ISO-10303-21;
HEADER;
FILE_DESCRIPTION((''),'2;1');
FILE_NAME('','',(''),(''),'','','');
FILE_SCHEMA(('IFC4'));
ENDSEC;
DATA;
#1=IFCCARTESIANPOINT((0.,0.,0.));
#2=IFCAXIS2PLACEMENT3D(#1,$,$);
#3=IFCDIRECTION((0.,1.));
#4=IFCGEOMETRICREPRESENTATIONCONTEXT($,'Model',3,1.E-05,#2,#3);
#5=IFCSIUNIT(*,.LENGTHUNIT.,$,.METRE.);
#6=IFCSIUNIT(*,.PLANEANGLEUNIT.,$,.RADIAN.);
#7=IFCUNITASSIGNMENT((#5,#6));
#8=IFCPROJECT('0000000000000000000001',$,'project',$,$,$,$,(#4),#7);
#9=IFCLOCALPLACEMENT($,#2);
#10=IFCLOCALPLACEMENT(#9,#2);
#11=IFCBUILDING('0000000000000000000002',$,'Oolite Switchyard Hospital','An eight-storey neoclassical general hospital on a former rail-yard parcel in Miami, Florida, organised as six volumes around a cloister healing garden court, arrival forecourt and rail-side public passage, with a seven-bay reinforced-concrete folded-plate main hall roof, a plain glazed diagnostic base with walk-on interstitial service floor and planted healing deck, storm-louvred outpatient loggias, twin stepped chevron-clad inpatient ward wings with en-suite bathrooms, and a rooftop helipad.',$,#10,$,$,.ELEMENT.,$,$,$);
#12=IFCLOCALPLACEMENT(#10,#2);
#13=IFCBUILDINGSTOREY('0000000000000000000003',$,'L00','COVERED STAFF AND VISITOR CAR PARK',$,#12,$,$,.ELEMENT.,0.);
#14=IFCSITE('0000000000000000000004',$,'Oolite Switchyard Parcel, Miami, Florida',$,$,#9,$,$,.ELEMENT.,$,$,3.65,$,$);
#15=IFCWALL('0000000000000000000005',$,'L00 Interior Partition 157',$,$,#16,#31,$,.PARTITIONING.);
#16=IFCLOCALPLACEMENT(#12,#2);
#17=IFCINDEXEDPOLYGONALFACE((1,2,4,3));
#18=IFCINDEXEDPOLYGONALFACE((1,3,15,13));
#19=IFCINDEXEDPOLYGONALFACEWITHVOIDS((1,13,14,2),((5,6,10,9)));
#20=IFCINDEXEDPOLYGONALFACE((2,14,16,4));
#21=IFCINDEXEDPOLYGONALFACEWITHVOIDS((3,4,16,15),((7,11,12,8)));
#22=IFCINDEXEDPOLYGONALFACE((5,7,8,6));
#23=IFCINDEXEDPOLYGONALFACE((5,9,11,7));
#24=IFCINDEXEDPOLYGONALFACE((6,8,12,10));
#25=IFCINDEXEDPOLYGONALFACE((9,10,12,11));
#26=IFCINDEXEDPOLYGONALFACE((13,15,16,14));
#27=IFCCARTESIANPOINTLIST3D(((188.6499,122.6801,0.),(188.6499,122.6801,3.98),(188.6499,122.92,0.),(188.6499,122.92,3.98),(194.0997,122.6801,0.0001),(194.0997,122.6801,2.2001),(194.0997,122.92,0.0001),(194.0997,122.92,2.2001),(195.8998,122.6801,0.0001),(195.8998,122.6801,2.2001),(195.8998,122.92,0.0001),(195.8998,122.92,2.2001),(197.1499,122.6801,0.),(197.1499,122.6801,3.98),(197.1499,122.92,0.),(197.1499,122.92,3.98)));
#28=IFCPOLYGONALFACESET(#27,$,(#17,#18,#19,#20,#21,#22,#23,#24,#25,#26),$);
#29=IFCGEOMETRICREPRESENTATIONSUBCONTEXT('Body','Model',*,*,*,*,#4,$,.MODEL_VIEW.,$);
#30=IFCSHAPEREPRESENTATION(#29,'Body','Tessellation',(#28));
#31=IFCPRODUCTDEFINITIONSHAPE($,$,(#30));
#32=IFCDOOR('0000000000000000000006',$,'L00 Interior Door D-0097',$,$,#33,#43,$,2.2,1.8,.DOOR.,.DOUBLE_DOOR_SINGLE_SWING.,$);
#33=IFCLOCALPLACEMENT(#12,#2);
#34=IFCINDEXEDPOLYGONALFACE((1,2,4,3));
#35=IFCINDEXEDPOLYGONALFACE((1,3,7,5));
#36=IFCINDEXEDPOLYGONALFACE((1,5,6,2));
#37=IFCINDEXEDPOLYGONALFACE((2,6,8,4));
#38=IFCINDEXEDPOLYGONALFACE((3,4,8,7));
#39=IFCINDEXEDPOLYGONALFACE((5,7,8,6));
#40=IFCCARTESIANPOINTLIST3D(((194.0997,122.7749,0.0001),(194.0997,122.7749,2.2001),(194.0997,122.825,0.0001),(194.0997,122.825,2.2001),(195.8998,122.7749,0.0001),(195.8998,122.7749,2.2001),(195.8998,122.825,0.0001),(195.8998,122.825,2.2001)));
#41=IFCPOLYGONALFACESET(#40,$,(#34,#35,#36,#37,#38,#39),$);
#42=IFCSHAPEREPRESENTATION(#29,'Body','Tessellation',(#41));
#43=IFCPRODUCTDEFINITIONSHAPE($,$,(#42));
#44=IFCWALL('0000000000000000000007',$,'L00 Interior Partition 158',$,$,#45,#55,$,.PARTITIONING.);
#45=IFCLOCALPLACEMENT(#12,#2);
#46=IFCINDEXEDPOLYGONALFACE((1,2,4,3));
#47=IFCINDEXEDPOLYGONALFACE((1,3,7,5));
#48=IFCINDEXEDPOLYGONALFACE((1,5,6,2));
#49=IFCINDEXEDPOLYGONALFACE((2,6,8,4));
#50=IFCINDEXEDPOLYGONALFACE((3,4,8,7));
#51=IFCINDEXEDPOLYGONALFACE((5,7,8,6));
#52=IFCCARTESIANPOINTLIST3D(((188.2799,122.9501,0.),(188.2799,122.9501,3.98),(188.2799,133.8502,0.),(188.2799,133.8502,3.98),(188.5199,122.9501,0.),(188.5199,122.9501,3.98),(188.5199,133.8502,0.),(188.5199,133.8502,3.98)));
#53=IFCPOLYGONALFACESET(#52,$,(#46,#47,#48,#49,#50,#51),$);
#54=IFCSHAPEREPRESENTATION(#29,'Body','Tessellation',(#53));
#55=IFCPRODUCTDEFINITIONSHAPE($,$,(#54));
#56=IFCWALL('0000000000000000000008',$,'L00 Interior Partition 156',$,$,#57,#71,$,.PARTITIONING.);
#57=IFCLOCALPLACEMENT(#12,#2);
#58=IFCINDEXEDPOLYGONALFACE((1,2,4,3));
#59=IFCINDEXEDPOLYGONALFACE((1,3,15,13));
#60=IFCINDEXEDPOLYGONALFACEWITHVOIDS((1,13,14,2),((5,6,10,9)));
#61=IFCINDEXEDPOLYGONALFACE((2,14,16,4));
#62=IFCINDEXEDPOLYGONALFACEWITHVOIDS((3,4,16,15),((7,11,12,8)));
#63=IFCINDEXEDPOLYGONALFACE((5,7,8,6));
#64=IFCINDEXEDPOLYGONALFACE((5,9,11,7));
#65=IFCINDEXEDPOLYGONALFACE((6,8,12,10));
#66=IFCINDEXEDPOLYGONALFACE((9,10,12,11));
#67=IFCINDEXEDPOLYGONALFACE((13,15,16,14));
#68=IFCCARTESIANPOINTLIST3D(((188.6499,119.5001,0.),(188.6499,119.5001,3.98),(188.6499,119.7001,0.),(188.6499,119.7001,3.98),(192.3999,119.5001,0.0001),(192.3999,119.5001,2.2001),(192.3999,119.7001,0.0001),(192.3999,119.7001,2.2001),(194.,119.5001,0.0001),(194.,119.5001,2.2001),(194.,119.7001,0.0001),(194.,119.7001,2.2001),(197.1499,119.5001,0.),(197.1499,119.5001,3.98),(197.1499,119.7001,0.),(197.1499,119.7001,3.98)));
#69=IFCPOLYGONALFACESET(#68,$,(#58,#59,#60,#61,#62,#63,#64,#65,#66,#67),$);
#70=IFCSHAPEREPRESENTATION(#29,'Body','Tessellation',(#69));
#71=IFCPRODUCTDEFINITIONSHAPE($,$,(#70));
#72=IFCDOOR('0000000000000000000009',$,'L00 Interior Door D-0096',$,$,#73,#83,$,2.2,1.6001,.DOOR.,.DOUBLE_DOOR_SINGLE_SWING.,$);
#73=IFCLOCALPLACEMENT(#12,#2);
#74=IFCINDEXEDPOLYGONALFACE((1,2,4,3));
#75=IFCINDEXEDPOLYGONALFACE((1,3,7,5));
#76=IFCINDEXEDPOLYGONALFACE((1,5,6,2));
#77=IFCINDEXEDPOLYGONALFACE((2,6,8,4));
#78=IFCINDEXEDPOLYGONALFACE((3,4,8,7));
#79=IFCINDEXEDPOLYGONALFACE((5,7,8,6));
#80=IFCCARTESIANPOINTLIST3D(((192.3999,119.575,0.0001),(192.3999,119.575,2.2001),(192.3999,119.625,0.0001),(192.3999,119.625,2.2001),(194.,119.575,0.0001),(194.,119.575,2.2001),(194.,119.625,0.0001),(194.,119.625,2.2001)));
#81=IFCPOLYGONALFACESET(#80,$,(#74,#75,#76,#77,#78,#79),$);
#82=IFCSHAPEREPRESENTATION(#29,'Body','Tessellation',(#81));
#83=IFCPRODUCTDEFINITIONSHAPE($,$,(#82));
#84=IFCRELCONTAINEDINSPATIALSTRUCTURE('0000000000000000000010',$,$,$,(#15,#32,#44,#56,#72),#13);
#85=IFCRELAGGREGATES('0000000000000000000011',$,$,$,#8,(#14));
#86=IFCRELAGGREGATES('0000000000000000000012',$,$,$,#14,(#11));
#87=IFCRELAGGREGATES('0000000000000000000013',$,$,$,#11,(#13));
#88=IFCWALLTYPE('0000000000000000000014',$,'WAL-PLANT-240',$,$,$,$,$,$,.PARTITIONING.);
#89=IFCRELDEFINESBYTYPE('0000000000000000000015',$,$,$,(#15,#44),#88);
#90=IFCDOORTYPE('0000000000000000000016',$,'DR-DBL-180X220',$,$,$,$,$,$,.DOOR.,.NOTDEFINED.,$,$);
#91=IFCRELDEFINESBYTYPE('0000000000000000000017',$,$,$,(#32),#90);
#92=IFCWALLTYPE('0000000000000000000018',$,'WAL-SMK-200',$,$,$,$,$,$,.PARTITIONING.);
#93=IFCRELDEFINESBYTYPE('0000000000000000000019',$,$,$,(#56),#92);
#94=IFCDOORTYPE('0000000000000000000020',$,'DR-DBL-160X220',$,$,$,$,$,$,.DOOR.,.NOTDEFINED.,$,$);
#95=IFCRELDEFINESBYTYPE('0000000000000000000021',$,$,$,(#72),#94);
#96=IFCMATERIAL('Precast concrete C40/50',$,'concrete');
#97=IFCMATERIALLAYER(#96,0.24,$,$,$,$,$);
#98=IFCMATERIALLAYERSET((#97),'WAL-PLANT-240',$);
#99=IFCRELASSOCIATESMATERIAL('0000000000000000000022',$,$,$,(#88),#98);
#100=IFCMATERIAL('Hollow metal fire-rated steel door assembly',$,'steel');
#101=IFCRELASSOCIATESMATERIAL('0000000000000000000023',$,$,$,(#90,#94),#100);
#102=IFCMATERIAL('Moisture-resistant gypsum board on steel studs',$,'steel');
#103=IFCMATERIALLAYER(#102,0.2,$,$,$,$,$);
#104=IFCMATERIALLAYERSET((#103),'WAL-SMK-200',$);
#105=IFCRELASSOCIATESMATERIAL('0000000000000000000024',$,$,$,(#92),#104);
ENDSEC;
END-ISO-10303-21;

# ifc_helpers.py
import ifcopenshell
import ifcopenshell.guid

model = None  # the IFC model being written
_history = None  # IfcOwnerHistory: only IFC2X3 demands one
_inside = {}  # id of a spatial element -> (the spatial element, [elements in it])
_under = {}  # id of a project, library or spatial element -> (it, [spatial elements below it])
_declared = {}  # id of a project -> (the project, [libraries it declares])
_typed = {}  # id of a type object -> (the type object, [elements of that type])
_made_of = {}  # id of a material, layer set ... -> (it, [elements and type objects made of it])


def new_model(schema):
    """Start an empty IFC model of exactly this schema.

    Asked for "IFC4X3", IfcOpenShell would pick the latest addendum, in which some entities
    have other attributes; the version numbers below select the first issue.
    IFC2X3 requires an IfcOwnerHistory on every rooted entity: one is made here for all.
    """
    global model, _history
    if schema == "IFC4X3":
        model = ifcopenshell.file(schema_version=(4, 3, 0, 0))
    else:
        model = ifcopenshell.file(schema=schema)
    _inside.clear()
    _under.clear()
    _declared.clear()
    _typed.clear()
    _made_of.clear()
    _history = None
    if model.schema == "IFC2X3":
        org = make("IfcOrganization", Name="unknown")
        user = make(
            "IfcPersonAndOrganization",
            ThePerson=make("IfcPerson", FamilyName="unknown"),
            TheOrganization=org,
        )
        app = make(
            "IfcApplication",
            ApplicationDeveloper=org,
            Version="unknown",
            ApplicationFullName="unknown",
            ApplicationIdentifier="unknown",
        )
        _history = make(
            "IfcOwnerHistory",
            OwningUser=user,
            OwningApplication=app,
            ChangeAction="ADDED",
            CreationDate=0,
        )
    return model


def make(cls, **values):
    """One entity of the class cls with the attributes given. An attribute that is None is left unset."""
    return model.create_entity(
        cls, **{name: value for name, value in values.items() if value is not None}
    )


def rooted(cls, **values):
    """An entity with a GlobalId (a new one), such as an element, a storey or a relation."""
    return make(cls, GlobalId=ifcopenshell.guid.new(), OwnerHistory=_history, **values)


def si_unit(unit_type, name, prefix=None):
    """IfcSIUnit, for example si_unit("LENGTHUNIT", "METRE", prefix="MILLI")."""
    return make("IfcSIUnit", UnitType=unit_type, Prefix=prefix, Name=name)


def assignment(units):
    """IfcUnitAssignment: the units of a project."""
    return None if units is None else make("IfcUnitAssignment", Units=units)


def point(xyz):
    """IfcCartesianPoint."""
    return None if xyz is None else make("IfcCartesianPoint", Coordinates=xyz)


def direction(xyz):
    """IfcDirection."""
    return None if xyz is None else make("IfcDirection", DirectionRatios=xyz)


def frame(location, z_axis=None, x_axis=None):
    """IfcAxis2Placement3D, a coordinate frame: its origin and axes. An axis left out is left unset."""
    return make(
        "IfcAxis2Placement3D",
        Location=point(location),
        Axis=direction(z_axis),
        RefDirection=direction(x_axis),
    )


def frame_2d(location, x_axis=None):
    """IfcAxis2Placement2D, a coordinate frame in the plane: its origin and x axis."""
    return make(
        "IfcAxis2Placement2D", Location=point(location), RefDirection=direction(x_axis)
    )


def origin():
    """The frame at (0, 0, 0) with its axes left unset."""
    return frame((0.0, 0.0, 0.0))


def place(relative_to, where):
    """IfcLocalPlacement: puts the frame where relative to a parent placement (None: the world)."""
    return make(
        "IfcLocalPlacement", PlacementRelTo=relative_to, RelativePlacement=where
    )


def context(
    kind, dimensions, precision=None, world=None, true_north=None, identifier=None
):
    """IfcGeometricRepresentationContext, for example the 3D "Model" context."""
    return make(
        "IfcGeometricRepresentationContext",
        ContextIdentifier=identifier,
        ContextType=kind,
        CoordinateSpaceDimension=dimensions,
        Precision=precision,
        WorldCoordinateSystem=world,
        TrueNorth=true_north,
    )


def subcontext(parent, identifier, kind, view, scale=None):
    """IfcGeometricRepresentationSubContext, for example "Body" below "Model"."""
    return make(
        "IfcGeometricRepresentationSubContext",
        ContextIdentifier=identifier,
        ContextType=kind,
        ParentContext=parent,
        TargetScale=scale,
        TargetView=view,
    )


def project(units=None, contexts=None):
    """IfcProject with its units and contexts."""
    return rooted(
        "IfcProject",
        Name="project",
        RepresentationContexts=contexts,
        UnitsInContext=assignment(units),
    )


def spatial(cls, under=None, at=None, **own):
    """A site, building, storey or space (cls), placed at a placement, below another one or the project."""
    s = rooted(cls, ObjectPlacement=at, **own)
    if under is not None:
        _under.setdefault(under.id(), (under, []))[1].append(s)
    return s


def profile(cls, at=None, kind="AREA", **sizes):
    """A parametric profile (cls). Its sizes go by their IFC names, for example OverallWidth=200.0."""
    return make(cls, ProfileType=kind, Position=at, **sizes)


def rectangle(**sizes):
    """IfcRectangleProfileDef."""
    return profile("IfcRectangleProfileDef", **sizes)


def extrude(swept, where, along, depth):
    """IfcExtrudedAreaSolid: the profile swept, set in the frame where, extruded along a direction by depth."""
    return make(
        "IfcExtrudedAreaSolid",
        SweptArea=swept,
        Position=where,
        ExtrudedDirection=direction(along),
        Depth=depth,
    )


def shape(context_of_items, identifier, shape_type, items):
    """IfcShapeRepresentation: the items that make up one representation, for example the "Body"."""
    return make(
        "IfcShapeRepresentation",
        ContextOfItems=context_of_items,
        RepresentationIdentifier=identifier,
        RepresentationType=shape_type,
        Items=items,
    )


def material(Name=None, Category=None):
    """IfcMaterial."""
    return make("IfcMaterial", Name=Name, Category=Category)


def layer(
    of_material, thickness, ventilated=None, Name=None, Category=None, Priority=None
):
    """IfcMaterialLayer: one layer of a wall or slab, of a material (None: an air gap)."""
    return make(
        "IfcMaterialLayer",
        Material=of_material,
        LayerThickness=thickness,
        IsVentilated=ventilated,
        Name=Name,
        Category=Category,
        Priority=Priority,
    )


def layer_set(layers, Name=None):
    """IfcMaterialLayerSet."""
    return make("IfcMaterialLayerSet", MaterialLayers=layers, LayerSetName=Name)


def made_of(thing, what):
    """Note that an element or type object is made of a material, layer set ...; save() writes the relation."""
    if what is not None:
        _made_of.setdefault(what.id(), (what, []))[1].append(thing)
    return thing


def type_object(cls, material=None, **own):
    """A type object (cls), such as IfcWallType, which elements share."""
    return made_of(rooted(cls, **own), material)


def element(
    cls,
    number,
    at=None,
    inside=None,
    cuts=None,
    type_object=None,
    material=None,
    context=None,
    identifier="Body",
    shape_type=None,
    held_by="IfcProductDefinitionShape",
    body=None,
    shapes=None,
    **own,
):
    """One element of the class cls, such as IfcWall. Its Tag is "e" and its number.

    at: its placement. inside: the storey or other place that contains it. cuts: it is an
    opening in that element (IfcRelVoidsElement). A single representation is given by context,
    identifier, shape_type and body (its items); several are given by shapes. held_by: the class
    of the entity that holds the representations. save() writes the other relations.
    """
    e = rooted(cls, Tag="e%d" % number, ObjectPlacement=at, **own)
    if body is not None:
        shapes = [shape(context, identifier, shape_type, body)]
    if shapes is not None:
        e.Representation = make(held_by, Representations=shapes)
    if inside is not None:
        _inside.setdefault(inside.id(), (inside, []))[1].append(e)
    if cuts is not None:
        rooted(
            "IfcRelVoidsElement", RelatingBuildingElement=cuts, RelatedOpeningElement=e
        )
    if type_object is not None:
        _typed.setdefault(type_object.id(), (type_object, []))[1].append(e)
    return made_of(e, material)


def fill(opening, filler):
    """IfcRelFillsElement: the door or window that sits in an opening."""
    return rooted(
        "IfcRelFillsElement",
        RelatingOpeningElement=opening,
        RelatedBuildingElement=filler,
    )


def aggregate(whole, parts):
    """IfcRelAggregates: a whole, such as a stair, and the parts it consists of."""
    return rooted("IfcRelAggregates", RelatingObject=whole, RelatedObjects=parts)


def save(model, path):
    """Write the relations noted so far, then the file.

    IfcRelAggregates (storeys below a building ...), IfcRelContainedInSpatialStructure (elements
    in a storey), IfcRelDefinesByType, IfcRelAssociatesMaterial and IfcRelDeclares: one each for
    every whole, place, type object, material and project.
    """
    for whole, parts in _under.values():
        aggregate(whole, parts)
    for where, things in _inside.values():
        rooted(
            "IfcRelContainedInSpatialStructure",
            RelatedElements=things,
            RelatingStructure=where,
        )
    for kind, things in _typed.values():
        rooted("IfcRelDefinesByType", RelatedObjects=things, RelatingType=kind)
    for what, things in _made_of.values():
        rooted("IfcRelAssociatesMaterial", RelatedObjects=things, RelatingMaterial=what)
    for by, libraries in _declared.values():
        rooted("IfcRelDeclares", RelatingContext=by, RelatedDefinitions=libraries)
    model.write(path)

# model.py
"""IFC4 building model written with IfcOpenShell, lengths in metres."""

from ifc_helpers import new_model, si_unit, direction, frame, frame_2d, origin, place, context, subcontext, project, spatial, rectangle, extrude, material, layer, layer_set, type_object, element, fill, save


model = new_model("IFC4")

# Units and contexts
model_context = context("Model", 3, precision=1e-05, world=origin(), true_north=direction((0.0, 1.0)))
body_context = subcontext(model_context, "Body", "Model", "MODEL_VIEW")
ifc_project = project(units=[si_unit("LENGTHUNIT", "METRE"), si_unit("PLANEANGLEUNIT", "RADIAN")], contexts=[model_context])

# Site, building, storey
site_placement = place(None, origin())
site = spatial("IfcSite", under=ifc_project, at=site_placement, Name="Oolite Switchyard Parcel, Miami, Florida", CompositionType="ELEMENT", RefElevation=3.65)
building_placement = place(site_placement, origin())
building = spatial("IfcBuilding", under=site, at=building_placement, Name="Oolite Switchyard Hospital", Description="An eight-storey neoclassical general hospital on a former rail-yard parcel in Miami, Florida, organised as six volumes around a cloister healing garden court, arrival forecourt and rail-side public passage, with a seven-bay reinforced-concrete folded-plate main hall roof, a plain glazed diagnostic base with walk-on interstitial service floor and planted healing deck, storm-louvred outpatient loggias, twin stepped chevron-clad inpatient ward wings with en-suite bathrooms, and a rooftop helipad.", CompositionType="ELEMENT")
storey_placement = place(building_placement, origin())
storey = spatial("IfcBuildingStorey", under=building, at=storey_placement, Name="L00", Description="COVERED STAFF AND VISITOR CAR PARK", CompositionType="ELEMENT", Elevation=0.0)

# Wall, opening, door
ifc_material_1 = material(Name="Precast concrete C40/50", Category="concrete")
ifc_layer_1 = layer(ifc_material_1, 0.24)
ifc_layer_set_1 = layer_set([ifc_layer_1], Name="WAL-PLANT-240")
wall_type_1 = type_object("IfcWallType", Name="WAL-PLANT-240", PredefinedType="PARTITIONING", material=ifc_layer_set_1)
wall_1_placement = place(storey_placement, frame((188.6499, 122.8, 0.0), z_axis=(0.0, 0.0, 1.0), x_axis=(1.0, 0.0, 0.0)))
wall_1 = element("IfcWall", 1, at=wall_1_placement, inside=storey, type_object=wall_type_1, Name="L00 Interior Partition 157", PredefinedType="PARTITIONING", context=body_context, shape_type="SweptSolid", body=[
    extrude(rectangle(XDim=8.5, YDim=0.24, at=frame_2d((4.25, 0.0))), origin(), (0.0, 0.0, 1.0), 3.98),
])
opening_1_placement = place(wall_1_placement, frame((5.45, 0.0, 0.0)))
opening_1 = element("IfcOpeningElement", 2, at=opening_1_placement, cuts=wall_1, PredefinedType="OPENING", context=body_context, shape_type="SweptSolid", body=[
    extrude(rectangle(XDim=1.8, YDim=2.2, at=frame_2d((0.8999, 1.1001))), frame((0.0, 0.1299, 0.0), z_axis=(0.0, -1.0, 0.0), x_axis=(1.0, 0.0, 0.0)), (0.0, 0.0, 1.0), 0.26),
])
ifc_material_2 = material(Name="Hollow metal fire-rated steel door assembly", Category="steel")
door_type_1 = type_object("IfcDoorType", Name="DR-DBL-180X220", OperationType="NOTDEFINED", PredefinedType="DOOR", material=ifc_material_2)
door_1_placement = place(opening_1_placement, origin())
door_1 = element("IfcDoor", 3, at=door_1_placement, inside=storey, type_object=door_type_1, Name="L00 Interior Door D-0097", OperationType="DOUBLE_DOOR_SINGLE_SWING", OverallHeight=2.2, OverallWidth=1.8, PredefinedType="DOOR", context=body_context, shape_type="SweptSolid", body=[
    extrude(rectangle(XDim=1.8, YDim=2.2, at=frame_2d((0.8999, 1.1001))), frame((0.0, 0.0249, 0.0), z_axis=(0.0, -1.0, 0.0), x_axis=(1.0, 0.0, 0.0)), (0.0, 0.0, 1.0), 0.05),
])
fill(opening_1, door_1)

# Wall
wall_2_placement = place(storey_placement, frame((188.3999, 122.95, 0.0), z_axis=(0.0, 0.0, 1.0), x_axis=(0.0, 1.0, 0.0)))
element("IfcWall", 4, at=wall_2_placement, inside=storey, type_object=wall_type_1, Name="L00 Interior Partition 158", PredefinedType="PARTITIONING", context=body_context, shape_type="SweptSolid", body=[
    extrude(rectangle(XDim=10.9001, YDim=0.24, at=frame_2d((5.4502, 0.0))), origin(), (0.0, 0.0, 1.0), 3.98),
])

# Wall, opening, door
ifc_material_3 = material(Name="Moisture-resistant gypsum board on steel studs", Category="steel")
ifc_layer_2 = layer(ifc_material_3, 0.2)
ifc_layer_set_2 = layer_set([ifc_layer_2], Name="WAL-SMK-200")
wall_type_2 = type_object("IfcWallType", Name="WAL-SMK-200", PredefinedType="PARTITIONING", material=ifc_layer_set_2)
wall_3_placement = place(storey_placement, frame((188.6499, 119.6001, 0.0), z_axis=(0.0, 0.0, 1.0), x_axis=(1.0, 0.0, 0.0)))
wall_3 = element("IfcWall", 5, at=wall_3_placement, inside=storey, type_object=wall_type_2, Name="L00 Interior Partition 156", PredefinedType="PARTITIONING", context=body_context, shape_type="SweptSolid", body=[
    extrude(rectangle(XDim=8.5, YDim=0.2, at=frame_2d((4.25, 0.0))), origin(), (0.0, 0.0, 1.0), 3.98),
])
opening_2_placement = place(wall_3_placement, frame((3.75, 0.0, 0.0)))
opening_2 = element("IfcOpeningElement", 6, at=opening_2_placement, cuts=wall_3, PredefinedType="OPENING", context=body_context, shape_type="SweptSolid", body=[
    extrude(rectangle(XDim=1.6001, YDim=2.2, at=frame_2d((0.8, 1.1001))), frame((0.0, 0.1099, 0.0), z_axis=(0.0, -1.0, 0.0), x_axis=(1.0, 0.0, 0.0)), (0.0, 0.0, 1.0), 0.22),
])
door_type_2 = type_object("IfcDoorType", Name="DR-DBL-160X220", OperationType="NOTDEFINED", PredefinedType="DOOR", material=ifc_material_2)
door_2_placement = place(opening_2_placement, origin())
door_2 = element("IfcDoor", 7, at=door_2_placement, inside=storey, type_object=door_type_2, Name="L00 Interior Door D-0096", OperationType="DOUBLE_DOOR_SINGLE_SWING", OverallHeight=2.2, OverallWidth=1.6001, PredefinedType="DOOR", context=body_context, shape_type="SweptSolid", body=[
    extrude(rectangle(XDim=1.6001, YDim=2.2, at=frame_2d((0.8, 1.1001))), frame((0.0, 0.0249, 0.0), z_axis=(0.0, -1.0, 0.0), x_axis=(1.0, 0.0, 0.0)), (0.0, 0.0, 1.0), 0.05),
])
fill(opening_2, door_2)

save(model, "model.ifc")
